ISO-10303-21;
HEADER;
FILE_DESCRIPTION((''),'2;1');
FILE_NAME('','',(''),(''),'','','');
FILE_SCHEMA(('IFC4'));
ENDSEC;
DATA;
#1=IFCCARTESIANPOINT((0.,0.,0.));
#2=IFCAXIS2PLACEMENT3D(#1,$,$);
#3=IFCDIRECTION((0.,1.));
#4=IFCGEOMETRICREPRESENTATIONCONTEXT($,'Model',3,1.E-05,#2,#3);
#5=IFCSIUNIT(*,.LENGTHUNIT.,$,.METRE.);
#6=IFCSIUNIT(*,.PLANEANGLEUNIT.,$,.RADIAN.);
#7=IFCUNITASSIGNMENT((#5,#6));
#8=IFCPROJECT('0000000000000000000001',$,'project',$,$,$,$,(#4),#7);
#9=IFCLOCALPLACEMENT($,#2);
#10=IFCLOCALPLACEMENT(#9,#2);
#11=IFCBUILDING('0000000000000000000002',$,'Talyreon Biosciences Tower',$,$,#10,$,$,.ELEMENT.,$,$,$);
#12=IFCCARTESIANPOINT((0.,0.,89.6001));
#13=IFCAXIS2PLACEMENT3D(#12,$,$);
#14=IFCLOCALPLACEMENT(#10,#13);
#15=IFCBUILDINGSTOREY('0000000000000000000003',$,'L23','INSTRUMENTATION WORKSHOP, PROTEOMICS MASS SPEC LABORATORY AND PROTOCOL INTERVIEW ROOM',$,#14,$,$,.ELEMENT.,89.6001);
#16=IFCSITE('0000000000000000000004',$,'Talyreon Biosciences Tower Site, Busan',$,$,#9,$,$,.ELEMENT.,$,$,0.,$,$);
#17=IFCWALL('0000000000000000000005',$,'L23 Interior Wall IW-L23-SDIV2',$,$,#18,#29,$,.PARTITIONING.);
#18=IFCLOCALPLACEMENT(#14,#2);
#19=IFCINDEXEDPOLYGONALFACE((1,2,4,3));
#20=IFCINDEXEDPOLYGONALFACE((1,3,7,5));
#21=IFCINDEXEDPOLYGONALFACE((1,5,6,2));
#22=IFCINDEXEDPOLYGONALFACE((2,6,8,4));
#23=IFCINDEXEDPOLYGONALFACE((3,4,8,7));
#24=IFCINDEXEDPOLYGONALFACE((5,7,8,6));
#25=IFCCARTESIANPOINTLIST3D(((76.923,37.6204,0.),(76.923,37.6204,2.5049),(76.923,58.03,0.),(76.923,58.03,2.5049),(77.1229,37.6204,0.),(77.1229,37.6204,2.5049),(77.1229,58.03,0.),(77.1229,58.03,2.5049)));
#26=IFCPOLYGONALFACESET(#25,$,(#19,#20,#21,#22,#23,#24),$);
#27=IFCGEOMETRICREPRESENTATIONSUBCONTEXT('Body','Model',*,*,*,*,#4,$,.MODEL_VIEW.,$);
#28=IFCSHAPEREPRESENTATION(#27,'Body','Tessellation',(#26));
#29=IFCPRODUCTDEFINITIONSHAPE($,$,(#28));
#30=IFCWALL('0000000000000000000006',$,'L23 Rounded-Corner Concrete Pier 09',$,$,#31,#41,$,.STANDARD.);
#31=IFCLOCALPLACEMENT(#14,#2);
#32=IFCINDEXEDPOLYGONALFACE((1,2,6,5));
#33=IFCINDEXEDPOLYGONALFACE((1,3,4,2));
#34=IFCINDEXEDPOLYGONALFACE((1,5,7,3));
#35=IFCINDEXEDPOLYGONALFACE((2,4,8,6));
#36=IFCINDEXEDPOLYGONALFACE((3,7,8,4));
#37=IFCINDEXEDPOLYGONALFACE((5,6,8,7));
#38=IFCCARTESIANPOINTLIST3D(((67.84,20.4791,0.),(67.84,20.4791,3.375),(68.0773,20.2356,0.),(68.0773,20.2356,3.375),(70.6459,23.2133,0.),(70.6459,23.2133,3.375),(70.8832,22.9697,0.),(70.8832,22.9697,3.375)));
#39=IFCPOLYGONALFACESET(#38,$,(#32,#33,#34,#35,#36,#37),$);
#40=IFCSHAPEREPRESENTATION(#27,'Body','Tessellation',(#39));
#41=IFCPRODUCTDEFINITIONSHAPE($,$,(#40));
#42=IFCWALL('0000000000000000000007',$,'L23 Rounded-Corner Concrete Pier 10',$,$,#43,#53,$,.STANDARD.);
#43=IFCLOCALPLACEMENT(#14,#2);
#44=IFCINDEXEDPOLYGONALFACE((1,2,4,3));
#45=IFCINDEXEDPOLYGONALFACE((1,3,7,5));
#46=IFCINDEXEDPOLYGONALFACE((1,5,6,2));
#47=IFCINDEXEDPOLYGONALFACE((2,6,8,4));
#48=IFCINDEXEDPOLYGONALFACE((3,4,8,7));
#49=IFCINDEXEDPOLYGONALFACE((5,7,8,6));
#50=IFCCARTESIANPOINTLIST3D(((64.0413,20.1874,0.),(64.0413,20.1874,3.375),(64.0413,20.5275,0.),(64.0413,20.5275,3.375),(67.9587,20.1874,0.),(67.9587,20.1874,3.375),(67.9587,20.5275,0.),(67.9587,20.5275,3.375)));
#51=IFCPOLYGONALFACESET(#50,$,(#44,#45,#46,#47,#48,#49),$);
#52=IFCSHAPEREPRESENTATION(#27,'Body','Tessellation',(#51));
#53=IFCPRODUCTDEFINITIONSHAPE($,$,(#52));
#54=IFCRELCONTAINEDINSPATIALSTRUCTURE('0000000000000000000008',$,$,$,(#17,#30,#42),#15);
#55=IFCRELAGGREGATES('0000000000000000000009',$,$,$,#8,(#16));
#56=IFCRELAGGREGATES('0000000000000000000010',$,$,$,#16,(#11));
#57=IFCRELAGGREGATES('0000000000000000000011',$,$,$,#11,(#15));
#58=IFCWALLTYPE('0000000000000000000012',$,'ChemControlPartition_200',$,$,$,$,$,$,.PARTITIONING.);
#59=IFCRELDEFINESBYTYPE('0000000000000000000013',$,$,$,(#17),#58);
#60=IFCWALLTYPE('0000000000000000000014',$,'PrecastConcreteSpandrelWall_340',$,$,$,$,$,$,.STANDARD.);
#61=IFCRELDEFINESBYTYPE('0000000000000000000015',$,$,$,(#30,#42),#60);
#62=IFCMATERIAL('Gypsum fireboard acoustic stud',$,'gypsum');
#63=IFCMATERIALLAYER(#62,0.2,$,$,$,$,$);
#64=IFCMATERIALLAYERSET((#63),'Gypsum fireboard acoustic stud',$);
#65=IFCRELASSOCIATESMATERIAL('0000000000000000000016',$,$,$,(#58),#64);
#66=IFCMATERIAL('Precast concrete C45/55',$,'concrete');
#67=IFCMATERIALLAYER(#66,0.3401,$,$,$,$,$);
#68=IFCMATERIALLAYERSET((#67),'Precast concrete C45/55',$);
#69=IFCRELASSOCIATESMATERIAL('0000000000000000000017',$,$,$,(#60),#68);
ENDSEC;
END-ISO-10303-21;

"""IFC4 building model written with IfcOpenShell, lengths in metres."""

from ifc_helpers import new_model, si_unit, direction, frame, frame_2d, origin, place, context, subcontext, project, spatial, rectangle, extrude, material, layer, layer_set, type_object, element, save


model = new_model("IFC4")

# Units and contexts
model_context = context("Model", 3, precision=1e-05, world=origin(), true_north=direction((0.0, 1.0)))
body_context = subcontext(model_context, "Body", "Model", "MODEL_VIEW")
ifc_project = project(units=[si_unit("LENGTHUNIT", "METRE"), si_unit("PLANEANGLEUNIT", "RADIAN")], contexts=[model_context])

# Site, building, storey
site_placement = place(None, origin())
site = spatial("IfcSite", under=ifc_project, at=site_placement, Name="Talyreon Biosciences Tower Site, Busan", CompositionType="ELEMENT", RefElevation=0.0)
building_placement = place(site_placement, origin())
building = spatial("IfcBuilding", under=site, at=building_placement, Name="Talyreon Biosciences Tower", CompositionType="ELEMENT")
storey_placement = place(building_placement, frame((0.0, 0.0, 89.6001)))
storey = spatial("IfcBuildingStorey", under=building, at=storey_placement, Name="L23", Description="INSTRUMENTATION WORKSHOP, PROTEOMICS MASS SPEC LABORATORY AND PROTOCOL INTERVIEW ROOM", CompositionType="ELEMENT", Elevation=89.6001)

# Shared definitions
ifc_material_1 = material(Name="Precast concrete C45/55", Category="concrete")

# Walls
ifc_material_2 = material(Name="Gypsum fireboard acoustic stud", Category="gypsum")
ifc_layer_1 = layer(ifc_material_2, 0.2)
ifc_layer_set_1 = layer_set([ifc_layer_1], Name="Gypsum fireboard acoustic stud")
wall_type_1 = type_object("IfcWallType", Name="ChemControlPartition_200", PredefinedType="PARTITIONING", material=ifc_layer_set_1)
wall_1_placement = place(storey_placement, frame((77.0229, 37.6204, 0.0), z_axis=(0.0, 0.0, 1.0), x_axis=(0.0, 1.0, 0.0)))
element("IfcWall", 1, at=wall_1_placement, inside=storey, type_object=wall_type_1, Name="L23 Interior Wall IW-L23-SDIV2", PredefinedType="PARTITIONING", context=body_context, shape_type="SweptSolid", body=[
    extrude(rectangle(XDim=20.4097, YDim=0.2, at=frame_2d((10.2048, 0.0))), origin(), (0.0, 0.0, 1.0), 2.5049),
])
ifc_layer_2 = layer(ifc_material_1, 0.3401)
ifc_layer_set_2 = layer_set([ifc_layer_2], Name="Precast concrete C45/55")
wall_type_2 = type_object("IfcWallType", Name="PrecastConcreteSpandrelWall_340", PredefinedType="STANDARD", material=ifc_layer_set_2)
wall_2_placement = place(storey_placement, frame((70.7646, 23.0916, 0.0), z_axis=(0.0, 0.0, 1.0), x_axis=(-0.716208, -0.697887, 0.0)))
element("IfcWall", 2, at=wall_2_placement, inside=storey, type_object=wall_type_2, Name="L23 Rounded-Corner Concrete Pier 09", PredefinedType="STANDARD", context=body_context, shape_type="SweptSolid", body=[
    extrude(rectangle(XDim=3.9177, YDim=0.3401, at=frame_2d((1.959, 0.0))), origin(), (0.0, 0.0, 1.0), 3.375),
])
wall_3_placement = place(storey_placement, frame((67.9587, 20.3574, 0.0), z_axis=(0.0, 0.0, 1.0), x_axis=(-1.0, 0.0, 0.0)))
element("IfcWall", 3, at=wall_3_placement, inside=storey, type_object=wall_type_2, Name="L23 Rounded-Corner Concrete Pier 10", PredefinedType="STANDARD", context=body_context, shape_type="SweptSolid", body=[
    extrude(rectangle(XDim=3.9175, YDim=0.3401, at=frame_2d((1.9587, 0.0))), origin(), (0.0, 0.0, 1.0), 3.375),
])

save(model, "model.ifc")
